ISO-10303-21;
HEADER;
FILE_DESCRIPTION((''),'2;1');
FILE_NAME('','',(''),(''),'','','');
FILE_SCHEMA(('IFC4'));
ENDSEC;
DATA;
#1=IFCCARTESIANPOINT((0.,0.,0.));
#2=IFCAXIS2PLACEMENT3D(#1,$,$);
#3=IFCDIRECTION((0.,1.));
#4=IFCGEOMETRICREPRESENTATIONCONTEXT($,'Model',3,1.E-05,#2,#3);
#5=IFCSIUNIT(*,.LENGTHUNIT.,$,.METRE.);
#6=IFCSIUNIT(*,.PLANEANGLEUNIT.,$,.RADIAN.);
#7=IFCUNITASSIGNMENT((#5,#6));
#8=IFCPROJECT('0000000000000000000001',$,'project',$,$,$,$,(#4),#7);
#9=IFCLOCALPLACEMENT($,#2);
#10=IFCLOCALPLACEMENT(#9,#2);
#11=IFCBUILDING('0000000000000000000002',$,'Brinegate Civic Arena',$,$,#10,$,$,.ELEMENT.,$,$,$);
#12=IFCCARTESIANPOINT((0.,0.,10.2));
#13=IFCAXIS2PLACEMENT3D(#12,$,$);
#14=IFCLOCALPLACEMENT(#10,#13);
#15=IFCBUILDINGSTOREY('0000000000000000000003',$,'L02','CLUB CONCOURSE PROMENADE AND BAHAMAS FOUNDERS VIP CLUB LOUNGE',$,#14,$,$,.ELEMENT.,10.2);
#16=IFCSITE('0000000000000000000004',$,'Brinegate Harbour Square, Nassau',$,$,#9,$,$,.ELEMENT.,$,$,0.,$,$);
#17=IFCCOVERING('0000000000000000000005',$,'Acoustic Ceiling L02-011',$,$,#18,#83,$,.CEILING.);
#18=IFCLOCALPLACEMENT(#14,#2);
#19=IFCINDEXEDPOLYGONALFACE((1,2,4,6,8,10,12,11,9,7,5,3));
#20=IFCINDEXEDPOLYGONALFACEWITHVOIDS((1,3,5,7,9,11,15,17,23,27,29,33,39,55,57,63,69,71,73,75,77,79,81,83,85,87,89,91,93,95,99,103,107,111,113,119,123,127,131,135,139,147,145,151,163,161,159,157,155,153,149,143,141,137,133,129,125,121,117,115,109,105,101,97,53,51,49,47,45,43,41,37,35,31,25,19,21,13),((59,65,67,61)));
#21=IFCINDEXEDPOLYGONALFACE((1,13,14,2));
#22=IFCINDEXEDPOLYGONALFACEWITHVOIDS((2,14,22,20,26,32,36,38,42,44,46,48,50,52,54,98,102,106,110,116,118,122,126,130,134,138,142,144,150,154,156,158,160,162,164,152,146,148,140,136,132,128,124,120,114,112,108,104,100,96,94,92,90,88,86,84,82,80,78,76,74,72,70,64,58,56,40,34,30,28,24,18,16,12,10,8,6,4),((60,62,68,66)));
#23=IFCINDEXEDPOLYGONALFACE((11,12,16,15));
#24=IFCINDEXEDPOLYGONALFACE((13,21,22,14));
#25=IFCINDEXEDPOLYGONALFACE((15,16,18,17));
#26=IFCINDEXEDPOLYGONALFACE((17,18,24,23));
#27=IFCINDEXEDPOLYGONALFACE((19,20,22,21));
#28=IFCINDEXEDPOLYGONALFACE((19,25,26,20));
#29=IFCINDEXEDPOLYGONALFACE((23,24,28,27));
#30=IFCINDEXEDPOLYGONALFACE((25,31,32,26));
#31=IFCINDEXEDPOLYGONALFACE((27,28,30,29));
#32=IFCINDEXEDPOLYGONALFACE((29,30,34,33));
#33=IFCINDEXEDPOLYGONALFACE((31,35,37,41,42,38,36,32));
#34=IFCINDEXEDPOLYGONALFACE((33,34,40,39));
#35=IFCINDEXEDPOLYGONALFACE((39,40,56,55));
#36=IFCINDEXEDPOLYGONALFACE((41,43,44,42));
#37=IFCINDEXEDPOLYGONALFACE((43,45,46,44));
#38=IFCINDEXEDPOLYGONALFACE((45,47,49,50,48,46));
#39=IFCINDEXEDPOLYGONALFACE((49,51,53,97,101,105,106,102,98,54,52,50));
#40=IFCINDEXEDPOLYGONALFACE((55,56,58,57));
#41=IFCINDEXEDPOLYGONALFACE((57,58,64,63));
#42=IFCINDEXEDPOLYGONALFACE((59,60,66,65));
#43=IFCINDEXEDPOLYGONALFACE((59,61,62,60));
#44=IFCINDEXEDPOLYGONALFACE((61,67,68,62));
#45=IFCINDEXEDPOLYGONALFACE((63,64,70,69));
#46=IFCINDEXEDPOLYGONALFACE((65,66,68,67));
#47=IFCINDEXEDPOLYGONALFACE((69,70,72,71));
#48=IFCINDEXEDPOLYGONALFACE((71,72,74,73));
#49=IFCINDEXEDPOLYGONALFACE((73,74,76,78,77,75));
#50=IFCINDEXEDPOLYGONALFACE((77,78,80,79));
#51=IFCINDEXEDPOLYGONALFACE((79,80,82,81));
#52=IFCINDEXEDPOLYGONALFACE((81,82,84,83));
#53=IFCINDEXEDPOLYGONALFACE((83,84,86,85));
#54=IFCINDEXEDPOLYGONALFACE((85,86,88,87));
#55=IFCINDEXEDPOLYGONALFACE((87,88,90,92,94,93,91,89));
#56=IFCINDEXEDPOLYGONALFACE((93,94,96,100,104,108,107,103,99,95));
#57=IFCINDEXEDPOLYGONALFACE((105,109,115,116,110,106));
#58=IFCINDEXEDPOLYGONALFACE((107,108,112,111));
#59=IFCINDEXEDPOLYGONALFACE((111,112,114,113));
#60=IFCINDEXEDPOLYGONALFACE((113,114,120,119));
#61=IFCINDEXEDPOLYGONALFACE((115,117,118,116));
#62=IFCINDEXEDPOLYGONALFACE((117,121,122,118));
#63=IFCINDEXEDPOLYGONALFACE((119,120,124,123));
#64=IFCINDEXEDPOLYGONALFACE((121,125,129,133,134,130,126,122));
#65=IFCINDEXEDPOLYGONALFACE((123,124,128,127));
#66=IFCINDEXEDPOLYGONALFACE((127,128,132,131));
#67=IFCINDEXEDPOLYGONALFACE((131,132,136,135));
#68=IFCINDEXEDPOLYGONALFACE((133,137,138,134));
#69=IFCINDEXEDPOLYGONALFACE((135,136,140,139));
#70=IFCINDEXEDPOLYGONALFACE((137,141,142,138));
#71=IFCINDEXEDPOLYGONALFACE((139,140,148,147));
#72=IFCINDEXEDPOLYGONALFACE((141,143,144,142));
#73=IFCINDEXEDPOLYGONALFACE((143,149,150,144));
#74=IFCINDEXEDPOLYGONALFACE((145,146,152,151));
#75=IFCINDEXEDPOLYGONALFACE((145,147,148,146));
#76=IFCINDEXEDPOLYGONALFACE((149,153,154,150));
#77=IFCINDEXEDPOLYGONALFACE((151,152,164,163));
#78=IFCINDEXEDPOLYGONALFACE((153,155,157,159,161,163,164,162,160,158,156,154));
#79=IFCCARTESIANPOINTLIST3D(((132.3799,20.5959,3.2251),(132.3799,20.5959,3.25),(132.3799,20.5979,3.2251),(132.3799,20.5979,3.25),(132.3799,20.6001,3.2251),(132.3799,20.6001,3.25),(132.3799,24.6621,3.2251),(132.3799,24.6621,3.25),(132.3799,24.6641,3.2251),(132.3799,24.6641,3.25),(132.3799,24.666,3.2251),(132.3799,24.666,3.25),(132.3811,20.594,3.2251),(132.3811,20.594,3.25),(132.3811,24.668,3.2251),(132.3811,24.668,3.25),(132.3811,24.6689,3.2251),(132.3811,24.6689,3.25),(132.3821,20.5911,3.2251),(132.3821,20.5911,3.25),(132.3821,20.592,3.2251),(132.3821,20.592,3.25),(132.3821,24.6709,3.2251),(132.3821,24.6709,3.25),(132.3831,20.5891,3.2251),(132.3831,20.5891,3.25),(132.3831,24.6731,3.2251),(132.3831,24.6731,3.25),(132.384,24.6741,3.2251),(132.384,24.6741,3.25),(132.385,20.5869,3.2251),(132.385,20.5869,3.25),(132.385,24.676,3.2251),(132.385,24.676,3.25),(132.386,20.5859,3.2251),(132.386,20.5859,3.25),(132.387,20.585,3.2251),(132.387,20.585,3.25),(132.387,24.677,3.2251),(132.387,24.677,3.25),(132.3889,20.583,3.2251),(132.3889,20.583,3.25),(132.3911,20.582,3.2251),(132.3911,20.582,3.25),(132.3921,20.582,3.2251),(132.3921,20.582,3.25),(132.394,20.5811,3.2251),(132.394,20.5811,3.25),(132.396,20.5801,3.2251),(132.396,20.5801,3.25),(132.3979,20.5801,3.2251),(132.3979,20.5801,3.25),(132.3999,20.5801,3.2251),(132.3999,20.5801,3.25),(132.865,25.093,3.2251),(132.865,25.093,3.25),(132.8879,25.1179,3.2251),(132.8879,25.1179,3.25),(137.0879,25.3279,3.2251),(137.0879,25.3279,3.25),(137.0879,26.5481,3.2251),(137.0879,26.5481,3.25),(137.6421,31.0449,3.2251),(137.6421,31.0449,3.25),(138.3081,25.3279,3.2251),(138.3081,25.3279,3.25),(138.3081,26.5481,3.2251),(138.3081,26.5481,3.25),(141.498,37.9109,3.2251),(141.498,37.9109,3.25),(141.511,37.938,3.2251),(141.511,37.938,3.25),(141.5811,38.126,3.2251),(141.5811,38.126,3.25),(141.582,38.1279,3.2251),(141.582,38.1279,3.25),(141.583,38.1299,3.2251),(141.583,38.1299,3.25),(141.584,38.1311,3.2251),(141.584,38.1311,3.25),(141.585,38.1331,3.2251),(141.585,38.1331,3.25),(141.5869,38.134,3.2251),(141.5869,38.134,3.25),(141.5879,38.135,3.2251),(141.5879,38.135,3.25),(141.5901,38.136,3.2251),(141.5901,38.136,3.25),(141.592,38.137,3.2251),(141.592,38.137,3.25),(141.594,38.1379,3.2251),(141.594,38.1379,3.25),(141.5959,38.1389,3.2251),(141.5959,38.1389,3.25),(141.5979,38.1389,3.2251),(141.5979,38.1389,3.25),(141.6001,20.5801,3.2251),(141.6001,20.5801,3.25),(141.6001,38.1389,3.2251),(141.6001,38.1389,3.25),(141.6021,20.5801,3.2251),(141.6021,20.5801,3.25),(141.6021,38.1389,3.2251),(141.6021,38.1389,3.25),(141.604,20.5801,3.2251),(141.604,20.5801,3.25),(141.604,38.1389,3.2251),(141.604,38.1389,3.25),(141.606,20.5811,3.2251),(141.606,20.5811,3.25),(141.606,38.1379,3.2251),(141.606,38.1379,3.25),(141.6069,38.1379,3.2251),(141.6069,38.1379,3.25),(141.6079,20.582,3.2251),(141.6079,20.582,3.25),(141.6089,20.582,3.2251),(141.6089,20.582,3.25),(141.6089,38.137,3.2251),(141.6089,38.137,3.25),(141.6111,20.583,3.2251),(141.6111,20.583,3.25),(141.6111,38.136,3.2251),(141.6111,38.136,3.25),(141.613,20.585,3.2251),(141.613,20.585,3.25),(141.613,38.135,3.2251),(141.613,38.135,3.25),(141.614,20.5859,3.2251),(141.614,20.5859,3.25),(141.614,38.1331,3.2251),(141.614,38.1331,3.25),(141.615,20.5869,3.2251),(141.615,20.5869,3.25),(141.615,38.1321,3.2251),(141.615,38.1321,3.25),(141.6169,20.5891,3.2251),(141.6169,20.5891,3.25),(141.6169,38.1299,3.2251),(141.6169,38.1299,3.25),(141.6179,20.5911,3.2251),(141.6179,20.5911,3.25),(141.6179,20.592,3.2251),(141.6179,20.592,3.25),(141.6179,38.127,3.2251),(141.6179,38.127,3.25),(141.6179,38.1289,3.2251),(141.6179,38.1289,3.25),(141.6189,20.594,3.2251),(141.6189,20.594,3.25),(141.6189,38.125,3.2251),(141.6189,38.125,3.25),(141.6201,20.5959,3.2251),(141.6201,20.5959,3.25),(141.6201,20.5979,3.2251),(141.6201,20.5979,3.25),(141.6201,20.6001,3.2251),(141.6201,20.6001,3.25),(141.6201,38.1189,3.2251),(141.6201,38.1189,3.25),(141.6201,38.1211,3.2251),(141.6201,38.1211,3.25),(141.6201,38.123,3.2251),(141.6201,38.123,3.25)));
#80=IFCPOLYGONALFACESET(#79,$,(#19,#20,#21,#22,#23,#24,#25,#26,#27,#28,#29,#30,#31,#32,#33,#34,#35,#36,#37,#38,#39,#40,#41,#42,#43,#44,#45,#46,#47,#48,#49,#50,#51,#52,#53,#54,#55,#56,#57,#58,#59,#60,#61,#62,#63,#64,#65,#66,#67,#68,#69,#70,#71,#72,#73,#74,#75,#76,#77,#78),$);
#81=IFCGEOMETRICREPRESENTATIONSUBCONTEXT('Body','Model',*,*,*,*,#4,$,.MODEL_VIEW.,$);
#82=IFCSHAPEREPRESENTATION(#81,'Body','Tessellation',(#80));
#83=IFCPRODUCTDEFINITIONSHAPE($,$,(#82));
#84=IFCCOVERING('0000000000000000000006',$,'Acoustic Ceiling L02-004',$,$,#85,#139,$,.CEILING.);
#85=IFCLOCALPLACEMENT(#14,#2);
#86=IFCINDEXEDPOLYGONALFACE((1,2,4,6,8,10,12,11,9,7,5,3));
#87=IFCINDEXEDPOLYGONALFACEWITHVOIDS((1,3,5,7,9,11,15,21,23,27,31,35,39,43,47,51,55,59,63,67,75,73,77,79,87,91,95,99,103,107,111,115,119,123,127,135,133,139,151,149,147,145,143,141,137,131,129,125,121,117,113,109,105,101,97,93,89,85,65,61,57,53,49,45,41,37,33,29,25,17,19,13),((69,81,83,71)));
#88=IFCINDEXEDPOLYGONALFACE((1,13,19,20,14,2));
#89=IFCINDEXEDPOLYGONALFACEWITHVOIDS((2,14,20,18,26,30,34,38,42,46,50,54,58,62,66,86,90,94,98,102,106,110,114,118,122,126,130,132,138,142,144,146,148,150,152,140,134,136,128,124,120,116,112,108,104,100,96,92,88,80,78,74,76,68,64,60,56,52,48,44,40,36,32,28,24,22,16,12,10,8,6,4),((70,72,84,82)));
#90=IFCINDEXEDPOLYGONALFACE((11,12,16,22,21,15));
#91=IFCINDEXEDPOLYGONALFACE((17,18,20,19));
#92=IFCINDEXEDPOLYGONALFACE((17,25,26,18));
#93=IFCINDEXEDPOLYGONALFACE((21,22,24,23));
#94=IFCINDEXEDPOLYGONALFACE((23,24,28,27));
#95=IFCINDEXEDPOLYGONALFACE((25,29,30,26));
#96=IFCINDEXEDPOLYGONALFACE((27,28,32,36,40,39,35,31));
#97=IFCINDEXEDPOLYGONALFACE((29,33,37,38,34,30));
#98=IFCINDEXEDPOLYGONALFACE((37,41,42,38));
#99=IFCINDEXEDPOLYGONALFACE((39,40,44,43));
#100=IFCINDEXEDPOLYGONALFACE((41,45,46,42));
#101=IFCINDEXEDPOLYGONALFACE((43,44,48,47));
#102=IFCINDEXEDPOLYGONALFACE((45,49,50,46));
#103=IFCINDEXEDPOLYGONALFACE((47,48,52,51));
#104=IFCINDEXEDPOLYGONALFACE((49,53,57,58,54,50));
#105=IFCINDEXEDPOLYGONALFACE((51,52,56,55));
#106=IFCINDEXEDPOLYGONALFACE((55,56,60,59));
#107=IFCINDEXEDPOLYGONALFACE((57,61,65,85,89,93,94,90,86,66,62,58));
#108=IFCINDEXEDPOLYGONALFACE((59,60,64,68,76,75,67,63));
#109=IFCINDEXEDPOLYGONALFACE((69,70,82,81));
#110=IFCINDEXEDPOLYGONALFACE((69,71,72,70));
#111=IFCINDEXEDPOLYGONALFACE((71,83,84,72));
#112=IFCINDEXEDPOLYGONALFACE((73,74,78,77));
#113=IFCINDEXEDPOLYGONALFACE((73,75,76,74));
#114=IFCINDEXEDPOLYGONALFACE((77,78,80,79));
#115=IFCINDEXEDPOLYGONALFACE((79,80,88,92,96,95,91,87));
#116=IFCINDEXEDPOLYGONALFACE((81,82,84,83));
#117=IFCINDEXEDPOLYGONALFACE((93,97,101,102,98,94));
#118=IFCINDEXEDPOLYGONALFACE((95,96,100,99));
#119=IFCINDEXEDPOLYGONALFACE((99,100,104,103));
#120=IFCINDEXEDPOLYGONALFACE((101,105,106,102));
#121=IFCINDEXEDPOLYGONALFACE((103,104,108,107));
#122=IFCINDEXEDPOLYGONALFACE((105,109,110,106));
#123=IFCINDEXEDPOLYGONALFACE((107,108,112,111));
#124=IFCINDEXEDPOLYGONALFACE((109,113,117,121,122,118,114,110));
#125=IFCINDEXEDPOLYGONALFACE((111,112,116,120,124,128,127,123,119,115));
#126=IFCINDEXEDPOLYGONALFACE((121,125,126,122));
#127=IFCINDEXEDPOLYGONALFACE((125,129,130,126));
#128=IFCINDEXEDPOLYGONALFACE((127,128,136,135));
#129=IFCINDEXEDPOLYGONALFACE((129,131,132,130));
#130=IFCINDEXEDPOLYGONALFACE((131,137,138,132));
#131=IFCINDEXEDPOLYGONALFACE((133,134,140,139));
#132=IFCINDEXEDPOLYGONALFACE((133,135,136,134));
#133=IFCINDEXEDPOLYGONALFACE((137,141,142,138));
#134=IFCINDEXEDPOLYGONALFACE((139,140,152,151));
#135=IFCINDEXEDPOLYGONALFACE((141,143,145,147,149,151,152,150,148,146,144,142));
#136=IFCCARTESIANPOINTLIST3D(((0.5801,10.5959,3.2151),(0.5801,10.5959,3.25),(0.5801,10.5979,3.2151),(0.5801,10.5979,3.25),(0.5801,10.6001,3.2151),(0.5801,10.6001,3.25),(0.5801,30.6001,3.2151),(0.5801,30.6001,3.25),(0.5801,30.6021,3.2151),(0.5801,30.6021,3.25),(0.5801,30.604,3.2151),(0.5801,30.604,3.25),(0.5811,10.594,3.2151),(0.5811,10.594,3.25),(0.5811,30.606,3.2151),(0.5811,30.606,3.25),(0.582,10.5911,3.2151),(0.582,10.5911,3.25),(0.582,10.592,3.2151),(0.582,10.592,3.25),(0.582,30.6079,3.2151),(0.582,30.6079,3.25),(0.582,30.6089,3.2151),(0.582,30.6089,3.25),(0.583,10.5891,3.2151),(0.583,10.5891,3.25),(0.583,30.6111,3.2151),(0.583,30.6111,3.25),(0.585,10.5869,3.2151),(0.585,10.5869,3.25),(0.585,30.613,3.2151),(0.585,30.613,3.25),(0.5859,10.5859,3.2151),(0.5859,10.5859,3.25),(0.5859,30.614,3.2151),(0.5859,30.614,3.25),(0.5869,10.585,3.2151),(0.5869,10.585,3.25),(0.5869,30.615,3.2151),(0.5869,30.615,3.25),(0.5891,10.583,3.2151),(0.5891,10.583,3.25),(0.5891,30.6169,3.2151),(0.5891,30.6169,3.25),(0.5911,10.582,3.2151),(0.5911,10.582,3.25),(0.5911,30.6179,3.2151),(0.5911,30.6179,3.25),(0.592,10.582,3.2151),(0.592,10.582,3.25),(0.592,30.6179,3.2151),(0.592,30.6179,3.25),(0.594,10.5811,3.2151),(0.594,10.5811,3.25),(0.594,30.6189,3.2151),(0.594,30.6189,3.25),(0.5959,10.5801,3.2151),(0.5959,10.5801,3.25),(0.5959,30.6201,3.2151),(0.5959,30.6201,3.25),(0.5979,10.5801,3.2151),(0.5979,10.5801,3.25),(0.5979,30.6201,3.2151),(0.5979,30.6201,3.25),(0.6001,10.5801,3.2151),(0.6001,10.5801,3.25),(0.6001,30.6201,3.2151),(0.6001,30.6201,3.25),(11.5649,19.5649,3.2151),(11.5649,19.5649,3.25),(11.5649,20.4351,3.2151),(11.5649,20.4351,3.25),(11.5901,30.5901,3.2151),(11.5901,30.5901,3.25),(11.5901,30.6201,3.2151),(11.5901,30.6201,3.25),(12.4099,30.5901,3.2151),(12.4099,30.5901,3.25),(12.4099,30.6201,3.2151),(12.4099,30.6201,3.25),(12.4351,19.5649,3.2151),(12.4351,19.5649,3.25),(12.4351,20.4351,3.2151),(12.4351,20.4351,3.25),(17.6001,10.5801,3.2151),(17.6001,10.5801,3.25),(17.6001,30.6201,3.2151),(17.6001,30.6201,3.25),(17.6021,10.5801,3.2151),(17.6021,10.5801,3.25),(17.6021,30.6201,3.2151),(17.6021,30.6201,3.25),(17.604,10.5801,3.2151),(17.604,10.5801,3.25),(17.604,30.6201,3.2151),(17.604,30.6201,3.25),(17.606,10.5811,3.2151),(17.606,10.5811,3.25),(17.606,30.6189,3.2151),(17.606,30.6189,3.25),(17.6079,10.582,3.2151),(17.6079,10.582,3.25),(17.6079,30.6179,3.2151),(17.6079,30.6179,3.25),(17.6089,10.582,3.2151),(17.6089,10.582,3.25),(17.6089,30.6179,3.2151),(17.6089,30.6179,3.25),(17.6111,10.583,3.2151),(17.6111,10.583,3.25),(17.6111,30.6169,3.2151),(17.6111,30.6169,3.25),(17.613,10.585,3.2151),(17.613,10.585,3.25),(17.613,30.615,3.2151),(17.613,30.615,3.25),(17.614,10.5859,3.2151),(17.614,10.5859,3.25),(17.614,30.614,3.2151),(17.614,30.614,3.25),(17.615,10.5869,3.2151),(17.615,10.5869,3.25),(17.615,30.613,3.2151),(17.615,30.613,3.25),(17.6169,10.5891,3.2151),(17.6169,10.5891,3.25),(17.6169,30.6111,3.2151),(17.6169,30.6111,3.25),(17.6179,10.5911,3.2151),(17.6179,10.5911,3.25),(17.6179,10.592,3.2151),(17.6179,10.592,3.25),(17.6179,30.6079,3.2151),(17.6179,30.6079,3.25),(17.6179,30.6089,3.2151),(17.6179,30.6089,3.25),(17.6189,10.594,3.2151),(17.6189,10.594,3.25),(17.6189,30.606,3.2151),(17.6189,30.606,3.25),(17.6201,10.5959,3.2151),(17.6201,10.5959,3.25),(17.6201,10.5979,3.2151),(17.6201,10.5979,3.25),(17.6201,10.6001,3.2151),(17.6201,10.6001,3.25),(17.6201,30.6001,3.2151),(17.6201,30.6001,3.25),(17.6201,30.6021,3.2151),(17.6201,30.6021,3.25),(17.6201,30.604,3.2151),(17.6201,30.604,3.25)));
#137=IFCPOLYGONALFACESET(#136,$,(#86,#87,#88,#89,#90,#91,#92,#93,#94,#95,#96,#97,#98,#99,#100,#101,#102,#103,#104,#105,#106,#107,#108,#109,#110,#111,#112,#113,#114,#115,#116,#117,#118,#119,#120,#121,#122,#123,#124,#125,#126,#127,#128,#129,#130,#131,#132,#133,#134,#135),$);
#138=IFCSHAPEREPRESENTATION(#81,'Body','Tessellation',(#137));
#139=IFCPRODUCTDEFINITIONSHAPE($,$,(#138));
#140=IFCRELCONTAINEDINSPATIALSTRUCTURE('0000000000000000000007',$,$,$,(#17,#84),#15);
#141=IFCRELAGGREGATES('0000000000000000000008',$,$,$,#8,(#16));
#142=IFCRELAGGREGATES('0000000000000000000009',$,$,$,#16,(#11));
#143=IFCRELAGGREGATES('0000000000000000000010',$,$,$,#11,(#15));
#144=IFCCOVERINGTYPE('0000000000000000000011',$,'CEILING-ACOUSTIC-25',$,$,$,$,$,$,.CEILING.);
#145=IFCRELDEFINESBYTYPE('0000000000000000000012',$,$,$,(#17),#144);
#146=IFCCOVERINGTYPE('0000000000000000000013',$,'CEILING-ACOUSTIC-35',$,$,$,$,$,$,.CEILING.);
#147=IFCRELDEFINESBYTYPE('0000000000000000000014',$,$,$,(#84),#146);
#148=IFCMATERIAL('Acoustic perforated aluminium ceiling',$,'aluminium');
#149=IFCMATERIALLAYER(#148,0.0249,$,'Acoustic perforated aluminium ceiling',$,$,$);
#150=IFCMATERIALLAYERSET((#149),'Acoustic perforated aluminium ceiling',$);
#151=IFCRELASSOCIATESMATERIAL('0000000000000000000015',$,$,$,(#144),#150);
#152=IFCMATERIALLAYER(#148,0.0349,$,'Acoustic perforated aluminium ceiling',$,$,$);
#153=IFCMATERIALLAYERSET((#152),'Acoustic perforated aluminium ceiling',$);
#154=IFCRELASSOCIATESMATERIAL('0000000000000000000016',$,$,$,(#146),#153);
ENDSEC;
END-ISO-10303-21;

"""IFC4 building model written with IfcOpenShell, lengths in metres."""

from ifc_helpers import new_model, si_unit, direction, frame, origin, place, context, subcontext, project, spatial, polyline, outline, extrude, material, layer, layer_set, type_object, element, save


model = new_model("IFC4")

# Units and contexts
model_context = context("Model", 3, precision=1e-05, world=origin(), true_north=direction((0.0, 1.0)))
body_context = subcontext(model_context, "Body", "Model", "MODEL_VIEW")
ifc_project = project(units=[si_unit("LENGTHUNIT", "METRE"), si_unit("PLANEANGLEUNIT", "RADIAN")], contexts=[model_context])

# Site, building, storey
site_placement = place(None, origin())
site = spatial("IfcSite", under=ifc_project, at=site_placement, Name="Brinegate Harbour Square, Nassau", CompositionType="ELEMENT", RefElevation=0.0)
building_placement = place(site_placement, origin())
building = spatial("IfcBuilding", under=site, at=building_placement, Name="Brinegate Civic Arena", CompositionType="ELEMENT")
storey_placement = place(building_placement, frame((0.0, 0.0, 10.2)))
storey = spatial("IfcBuildingStorey", under=building, at=storey_placement, Name="L02", Description="CLUB CONCOURSE PROMENADE AND BAHAMAS FOUNDERS VIP CLUB LOUNGE", CompositionType="ELEMENT", Elevation=10.2)

# Coverings
ifc_material_1 = material(Name="Acoustic perforated aluminium ceiling", Category="aluminium")
ifc_layer_1 = layer(ifc_material_1, 0.0249, Name="Acoustic perforated aluminium ceiling")
ifc_layer_set_1 = layer_set([ifc_layer_1], Name="Acoustic perforated aluminium ceiling")
covering_type_1 = type_object("IfcCoveringType", Name="CEILING-ACOUSTIC-25", PredefinedType="CEILING", material=ifc_layer_set_1)
covering_1_placement = place(storey_placement, frame((0.0, 0.0, 3.2251)))
element("IfcCovering", 1, at=covering_1_placement, inside=storey, type_object=covering_type_1, Name="Acoustic Ceiling L02-011", PredefinedType="CEILING", context=body_context, shape_type="SweptSolid", body=[
    extrude(outline(polyline([(132.396, 20.5801), (132.394, 20.5811), (132.3921, 20.582), (132.3911, 20.582), (132.3889, 20.583), (132.387, 20.585), (132.386, 20.5859), (132.385, 20.5869), (132.3831, 20.5891), (132.3821, 20.5911), (132.3821, 20.592), (132.3811, 20.594), (132.3799, 20.5959), (132.3799, 20.5979), (132.3799, 20.6001), (132.3799, 24.6621), (132.3799, 24.6641), (132.3799, 24.666), (132.3811, 24.668), (132.3811, 24.6689), (132.3821, 24.6709), (132.3831, 24.6731), (132.384, 24.6741), (132.385, 24.676), (132.387, 24.677), (132.865, 25.093), (132.8879, 25.1179), (137.6421, 31.0449), (141.498, 37.9109), (141.511, 37.938), (141.5811, 38.126), (141.582, 38.1279), (141.583, 38.1299), (141.584, 38.1311), (141.585, 38.1331), (141.5869, 38.134), (141.5879, 38.135), (141.5901, 38.136), (141.592, 38.137), (141.594, 38.1379), (141.5959, 38.1389), (141.5979, 38.1389), (141.6001, 38.1389), (141.6021, 38.1389), (141.604, 38.1389), (141.606, 38.1379), (141.6069, 38.1379), (141.6089, 38.137), (141.6111, 38.136), (141.613, 38.135), (141.614, 38.1331), (141.615, 38.1321), (141.6169, 38.1299), (141.6179, 38.1289), (141.6179, 38.127), (141.6189, 38.125), (141.6201, 38.123), (141.6201, 38.1211), (141.6201, 38.1189), (141.6201, 20.6001), (141.6201, 20.5979), (141.6201, 20.5959), (141.6189, 20.594), (141.6179, 20.592), (141.6179, 20.5911), (141.6169, 20.5891), (141.615, 20.5869), (141.614, 20.5859), (141.613, 20.585), (141.6111, 20.583), (141.6089, 20.582), (141.6079, 20.582), (141.606, 20.5811), (141.604, 20.5801), (141.6021, 20.5801), (141.6001, 20.5801), (132.3999, 20.5801), (132.3979, 20.5801), (132.396, 20.5801)]), holes=[polyline([(138.3081, 26.5481), (137.0879, 26.5481), (137.0879, 25.3279), (138.3081, 25.3279), (138.3081, 26.5481)])]), origin(), (0.0, 0.0, 1.0), 0.0249),
])
ifc_layer_2 = layer(ifc_material_1, 0.0349, Name="Acoustic perforated aluminium ceiling")
ifc_layer_set_2 = layer_set([ifc_layer_2], Name="Acoustic perforated aluminium ceiling")
covering_type_2 = type_object("IfcCoveringType", Name="CEILING-ACOUSTIC-35", PredefinedType="CEILING", material=ifc_layer_set_2)
covering_2_placement = place(storey_placement, frame((0.0, 0.0, 3.2151)))
element("IfcCovering", 2, at=covering_2_placement, inside=storey, type_object=covering_type_2, Name="Acoustic Ceiling L02-004", PredefinedType="CEILING", context=body_context, shape_type="SweptSolid", body=[
    extrude(outline(polyline([(17.604, 30.6201), (17.606, 30.6189), (17.6079, 30.6179), (17.6089, 30.6179), (17.6111, 30.6169), (17.613, 30.615), (17.614, 30.614), (17.615, 30.613), (17.6169, 30.6111), (17.6179, 30.6089), (17.6179, 30.6079), (17.6189, 30.606), (17.6201, 30.604), (17.6201, 30.6021), (17.6201, 30.6001), (17.6201, 10.6001), (17.6201, 10.5979), (17.6201, 10.5959), (17.6189, 10.594), (17.6179, 10.592), (17.6179, 10.5911), (17.6169, 10.5891), (17.615, 10.5869), (17.614, 10.5859), (17.613, 10.585), (17.6111, 10.583), (17.6089, 10.582), (17.6079, 10.582), (17.606, 10.5811), (17.604, 10.5801), (17.6021, 10.5801), (17.6001, 10.5801), (0.6001, 10.5801), (0.5979, 10.5801), (0.5959, 10.5801), (0.594, 10.5811), (0.592, 10.582), (0.5911, 10.582), (0.5891, 10.583), (0.5869, 10.585), (0.5859, 10.5859), (0.585, 10.5869), (0.583, 10.5891), (0.582, 10.5911), (0.582, 10.592), (0.5811, 10.594), (0.5801, 10.5959), (0.5801, 10.5979), (0.5801, 10.6001), (0.5801, 30.6001), (0.5801, 30.6021), (0.5801, 30.604), (0.5811, 30.606), (0.582, 30.6079), (0.582, 30.6089), (0.583, 30.6111), (0.585, 30.613), (0.5859, 30.614), (0.5869, 30.615), (0.5891, 30.6169), (0.5911, 30.6179), (0.592, 30.6179), (0.594, 30.6189), (0.5959, 30.6201), (0.5979, 30.6201), (0.6001, 30.6201), (11.5901, 30.6201), (11.5901, 30.5901), (12.4099, 30.5901), (12.4099, 30.6201), (17.6001, 30.6201), (17.6021, 30.6201), (17.604, 30.6201)]), holes=[polyline([(11.5649, 20.4351), (11.5649, 19.5649), (12.4351, 19.5649), (12.4351, 20.4351), (11.5649, 20.4351)])]), origin(), (0.0, 0.0, 1.0), 0.0349),
])

save(model, "model.ifc")
